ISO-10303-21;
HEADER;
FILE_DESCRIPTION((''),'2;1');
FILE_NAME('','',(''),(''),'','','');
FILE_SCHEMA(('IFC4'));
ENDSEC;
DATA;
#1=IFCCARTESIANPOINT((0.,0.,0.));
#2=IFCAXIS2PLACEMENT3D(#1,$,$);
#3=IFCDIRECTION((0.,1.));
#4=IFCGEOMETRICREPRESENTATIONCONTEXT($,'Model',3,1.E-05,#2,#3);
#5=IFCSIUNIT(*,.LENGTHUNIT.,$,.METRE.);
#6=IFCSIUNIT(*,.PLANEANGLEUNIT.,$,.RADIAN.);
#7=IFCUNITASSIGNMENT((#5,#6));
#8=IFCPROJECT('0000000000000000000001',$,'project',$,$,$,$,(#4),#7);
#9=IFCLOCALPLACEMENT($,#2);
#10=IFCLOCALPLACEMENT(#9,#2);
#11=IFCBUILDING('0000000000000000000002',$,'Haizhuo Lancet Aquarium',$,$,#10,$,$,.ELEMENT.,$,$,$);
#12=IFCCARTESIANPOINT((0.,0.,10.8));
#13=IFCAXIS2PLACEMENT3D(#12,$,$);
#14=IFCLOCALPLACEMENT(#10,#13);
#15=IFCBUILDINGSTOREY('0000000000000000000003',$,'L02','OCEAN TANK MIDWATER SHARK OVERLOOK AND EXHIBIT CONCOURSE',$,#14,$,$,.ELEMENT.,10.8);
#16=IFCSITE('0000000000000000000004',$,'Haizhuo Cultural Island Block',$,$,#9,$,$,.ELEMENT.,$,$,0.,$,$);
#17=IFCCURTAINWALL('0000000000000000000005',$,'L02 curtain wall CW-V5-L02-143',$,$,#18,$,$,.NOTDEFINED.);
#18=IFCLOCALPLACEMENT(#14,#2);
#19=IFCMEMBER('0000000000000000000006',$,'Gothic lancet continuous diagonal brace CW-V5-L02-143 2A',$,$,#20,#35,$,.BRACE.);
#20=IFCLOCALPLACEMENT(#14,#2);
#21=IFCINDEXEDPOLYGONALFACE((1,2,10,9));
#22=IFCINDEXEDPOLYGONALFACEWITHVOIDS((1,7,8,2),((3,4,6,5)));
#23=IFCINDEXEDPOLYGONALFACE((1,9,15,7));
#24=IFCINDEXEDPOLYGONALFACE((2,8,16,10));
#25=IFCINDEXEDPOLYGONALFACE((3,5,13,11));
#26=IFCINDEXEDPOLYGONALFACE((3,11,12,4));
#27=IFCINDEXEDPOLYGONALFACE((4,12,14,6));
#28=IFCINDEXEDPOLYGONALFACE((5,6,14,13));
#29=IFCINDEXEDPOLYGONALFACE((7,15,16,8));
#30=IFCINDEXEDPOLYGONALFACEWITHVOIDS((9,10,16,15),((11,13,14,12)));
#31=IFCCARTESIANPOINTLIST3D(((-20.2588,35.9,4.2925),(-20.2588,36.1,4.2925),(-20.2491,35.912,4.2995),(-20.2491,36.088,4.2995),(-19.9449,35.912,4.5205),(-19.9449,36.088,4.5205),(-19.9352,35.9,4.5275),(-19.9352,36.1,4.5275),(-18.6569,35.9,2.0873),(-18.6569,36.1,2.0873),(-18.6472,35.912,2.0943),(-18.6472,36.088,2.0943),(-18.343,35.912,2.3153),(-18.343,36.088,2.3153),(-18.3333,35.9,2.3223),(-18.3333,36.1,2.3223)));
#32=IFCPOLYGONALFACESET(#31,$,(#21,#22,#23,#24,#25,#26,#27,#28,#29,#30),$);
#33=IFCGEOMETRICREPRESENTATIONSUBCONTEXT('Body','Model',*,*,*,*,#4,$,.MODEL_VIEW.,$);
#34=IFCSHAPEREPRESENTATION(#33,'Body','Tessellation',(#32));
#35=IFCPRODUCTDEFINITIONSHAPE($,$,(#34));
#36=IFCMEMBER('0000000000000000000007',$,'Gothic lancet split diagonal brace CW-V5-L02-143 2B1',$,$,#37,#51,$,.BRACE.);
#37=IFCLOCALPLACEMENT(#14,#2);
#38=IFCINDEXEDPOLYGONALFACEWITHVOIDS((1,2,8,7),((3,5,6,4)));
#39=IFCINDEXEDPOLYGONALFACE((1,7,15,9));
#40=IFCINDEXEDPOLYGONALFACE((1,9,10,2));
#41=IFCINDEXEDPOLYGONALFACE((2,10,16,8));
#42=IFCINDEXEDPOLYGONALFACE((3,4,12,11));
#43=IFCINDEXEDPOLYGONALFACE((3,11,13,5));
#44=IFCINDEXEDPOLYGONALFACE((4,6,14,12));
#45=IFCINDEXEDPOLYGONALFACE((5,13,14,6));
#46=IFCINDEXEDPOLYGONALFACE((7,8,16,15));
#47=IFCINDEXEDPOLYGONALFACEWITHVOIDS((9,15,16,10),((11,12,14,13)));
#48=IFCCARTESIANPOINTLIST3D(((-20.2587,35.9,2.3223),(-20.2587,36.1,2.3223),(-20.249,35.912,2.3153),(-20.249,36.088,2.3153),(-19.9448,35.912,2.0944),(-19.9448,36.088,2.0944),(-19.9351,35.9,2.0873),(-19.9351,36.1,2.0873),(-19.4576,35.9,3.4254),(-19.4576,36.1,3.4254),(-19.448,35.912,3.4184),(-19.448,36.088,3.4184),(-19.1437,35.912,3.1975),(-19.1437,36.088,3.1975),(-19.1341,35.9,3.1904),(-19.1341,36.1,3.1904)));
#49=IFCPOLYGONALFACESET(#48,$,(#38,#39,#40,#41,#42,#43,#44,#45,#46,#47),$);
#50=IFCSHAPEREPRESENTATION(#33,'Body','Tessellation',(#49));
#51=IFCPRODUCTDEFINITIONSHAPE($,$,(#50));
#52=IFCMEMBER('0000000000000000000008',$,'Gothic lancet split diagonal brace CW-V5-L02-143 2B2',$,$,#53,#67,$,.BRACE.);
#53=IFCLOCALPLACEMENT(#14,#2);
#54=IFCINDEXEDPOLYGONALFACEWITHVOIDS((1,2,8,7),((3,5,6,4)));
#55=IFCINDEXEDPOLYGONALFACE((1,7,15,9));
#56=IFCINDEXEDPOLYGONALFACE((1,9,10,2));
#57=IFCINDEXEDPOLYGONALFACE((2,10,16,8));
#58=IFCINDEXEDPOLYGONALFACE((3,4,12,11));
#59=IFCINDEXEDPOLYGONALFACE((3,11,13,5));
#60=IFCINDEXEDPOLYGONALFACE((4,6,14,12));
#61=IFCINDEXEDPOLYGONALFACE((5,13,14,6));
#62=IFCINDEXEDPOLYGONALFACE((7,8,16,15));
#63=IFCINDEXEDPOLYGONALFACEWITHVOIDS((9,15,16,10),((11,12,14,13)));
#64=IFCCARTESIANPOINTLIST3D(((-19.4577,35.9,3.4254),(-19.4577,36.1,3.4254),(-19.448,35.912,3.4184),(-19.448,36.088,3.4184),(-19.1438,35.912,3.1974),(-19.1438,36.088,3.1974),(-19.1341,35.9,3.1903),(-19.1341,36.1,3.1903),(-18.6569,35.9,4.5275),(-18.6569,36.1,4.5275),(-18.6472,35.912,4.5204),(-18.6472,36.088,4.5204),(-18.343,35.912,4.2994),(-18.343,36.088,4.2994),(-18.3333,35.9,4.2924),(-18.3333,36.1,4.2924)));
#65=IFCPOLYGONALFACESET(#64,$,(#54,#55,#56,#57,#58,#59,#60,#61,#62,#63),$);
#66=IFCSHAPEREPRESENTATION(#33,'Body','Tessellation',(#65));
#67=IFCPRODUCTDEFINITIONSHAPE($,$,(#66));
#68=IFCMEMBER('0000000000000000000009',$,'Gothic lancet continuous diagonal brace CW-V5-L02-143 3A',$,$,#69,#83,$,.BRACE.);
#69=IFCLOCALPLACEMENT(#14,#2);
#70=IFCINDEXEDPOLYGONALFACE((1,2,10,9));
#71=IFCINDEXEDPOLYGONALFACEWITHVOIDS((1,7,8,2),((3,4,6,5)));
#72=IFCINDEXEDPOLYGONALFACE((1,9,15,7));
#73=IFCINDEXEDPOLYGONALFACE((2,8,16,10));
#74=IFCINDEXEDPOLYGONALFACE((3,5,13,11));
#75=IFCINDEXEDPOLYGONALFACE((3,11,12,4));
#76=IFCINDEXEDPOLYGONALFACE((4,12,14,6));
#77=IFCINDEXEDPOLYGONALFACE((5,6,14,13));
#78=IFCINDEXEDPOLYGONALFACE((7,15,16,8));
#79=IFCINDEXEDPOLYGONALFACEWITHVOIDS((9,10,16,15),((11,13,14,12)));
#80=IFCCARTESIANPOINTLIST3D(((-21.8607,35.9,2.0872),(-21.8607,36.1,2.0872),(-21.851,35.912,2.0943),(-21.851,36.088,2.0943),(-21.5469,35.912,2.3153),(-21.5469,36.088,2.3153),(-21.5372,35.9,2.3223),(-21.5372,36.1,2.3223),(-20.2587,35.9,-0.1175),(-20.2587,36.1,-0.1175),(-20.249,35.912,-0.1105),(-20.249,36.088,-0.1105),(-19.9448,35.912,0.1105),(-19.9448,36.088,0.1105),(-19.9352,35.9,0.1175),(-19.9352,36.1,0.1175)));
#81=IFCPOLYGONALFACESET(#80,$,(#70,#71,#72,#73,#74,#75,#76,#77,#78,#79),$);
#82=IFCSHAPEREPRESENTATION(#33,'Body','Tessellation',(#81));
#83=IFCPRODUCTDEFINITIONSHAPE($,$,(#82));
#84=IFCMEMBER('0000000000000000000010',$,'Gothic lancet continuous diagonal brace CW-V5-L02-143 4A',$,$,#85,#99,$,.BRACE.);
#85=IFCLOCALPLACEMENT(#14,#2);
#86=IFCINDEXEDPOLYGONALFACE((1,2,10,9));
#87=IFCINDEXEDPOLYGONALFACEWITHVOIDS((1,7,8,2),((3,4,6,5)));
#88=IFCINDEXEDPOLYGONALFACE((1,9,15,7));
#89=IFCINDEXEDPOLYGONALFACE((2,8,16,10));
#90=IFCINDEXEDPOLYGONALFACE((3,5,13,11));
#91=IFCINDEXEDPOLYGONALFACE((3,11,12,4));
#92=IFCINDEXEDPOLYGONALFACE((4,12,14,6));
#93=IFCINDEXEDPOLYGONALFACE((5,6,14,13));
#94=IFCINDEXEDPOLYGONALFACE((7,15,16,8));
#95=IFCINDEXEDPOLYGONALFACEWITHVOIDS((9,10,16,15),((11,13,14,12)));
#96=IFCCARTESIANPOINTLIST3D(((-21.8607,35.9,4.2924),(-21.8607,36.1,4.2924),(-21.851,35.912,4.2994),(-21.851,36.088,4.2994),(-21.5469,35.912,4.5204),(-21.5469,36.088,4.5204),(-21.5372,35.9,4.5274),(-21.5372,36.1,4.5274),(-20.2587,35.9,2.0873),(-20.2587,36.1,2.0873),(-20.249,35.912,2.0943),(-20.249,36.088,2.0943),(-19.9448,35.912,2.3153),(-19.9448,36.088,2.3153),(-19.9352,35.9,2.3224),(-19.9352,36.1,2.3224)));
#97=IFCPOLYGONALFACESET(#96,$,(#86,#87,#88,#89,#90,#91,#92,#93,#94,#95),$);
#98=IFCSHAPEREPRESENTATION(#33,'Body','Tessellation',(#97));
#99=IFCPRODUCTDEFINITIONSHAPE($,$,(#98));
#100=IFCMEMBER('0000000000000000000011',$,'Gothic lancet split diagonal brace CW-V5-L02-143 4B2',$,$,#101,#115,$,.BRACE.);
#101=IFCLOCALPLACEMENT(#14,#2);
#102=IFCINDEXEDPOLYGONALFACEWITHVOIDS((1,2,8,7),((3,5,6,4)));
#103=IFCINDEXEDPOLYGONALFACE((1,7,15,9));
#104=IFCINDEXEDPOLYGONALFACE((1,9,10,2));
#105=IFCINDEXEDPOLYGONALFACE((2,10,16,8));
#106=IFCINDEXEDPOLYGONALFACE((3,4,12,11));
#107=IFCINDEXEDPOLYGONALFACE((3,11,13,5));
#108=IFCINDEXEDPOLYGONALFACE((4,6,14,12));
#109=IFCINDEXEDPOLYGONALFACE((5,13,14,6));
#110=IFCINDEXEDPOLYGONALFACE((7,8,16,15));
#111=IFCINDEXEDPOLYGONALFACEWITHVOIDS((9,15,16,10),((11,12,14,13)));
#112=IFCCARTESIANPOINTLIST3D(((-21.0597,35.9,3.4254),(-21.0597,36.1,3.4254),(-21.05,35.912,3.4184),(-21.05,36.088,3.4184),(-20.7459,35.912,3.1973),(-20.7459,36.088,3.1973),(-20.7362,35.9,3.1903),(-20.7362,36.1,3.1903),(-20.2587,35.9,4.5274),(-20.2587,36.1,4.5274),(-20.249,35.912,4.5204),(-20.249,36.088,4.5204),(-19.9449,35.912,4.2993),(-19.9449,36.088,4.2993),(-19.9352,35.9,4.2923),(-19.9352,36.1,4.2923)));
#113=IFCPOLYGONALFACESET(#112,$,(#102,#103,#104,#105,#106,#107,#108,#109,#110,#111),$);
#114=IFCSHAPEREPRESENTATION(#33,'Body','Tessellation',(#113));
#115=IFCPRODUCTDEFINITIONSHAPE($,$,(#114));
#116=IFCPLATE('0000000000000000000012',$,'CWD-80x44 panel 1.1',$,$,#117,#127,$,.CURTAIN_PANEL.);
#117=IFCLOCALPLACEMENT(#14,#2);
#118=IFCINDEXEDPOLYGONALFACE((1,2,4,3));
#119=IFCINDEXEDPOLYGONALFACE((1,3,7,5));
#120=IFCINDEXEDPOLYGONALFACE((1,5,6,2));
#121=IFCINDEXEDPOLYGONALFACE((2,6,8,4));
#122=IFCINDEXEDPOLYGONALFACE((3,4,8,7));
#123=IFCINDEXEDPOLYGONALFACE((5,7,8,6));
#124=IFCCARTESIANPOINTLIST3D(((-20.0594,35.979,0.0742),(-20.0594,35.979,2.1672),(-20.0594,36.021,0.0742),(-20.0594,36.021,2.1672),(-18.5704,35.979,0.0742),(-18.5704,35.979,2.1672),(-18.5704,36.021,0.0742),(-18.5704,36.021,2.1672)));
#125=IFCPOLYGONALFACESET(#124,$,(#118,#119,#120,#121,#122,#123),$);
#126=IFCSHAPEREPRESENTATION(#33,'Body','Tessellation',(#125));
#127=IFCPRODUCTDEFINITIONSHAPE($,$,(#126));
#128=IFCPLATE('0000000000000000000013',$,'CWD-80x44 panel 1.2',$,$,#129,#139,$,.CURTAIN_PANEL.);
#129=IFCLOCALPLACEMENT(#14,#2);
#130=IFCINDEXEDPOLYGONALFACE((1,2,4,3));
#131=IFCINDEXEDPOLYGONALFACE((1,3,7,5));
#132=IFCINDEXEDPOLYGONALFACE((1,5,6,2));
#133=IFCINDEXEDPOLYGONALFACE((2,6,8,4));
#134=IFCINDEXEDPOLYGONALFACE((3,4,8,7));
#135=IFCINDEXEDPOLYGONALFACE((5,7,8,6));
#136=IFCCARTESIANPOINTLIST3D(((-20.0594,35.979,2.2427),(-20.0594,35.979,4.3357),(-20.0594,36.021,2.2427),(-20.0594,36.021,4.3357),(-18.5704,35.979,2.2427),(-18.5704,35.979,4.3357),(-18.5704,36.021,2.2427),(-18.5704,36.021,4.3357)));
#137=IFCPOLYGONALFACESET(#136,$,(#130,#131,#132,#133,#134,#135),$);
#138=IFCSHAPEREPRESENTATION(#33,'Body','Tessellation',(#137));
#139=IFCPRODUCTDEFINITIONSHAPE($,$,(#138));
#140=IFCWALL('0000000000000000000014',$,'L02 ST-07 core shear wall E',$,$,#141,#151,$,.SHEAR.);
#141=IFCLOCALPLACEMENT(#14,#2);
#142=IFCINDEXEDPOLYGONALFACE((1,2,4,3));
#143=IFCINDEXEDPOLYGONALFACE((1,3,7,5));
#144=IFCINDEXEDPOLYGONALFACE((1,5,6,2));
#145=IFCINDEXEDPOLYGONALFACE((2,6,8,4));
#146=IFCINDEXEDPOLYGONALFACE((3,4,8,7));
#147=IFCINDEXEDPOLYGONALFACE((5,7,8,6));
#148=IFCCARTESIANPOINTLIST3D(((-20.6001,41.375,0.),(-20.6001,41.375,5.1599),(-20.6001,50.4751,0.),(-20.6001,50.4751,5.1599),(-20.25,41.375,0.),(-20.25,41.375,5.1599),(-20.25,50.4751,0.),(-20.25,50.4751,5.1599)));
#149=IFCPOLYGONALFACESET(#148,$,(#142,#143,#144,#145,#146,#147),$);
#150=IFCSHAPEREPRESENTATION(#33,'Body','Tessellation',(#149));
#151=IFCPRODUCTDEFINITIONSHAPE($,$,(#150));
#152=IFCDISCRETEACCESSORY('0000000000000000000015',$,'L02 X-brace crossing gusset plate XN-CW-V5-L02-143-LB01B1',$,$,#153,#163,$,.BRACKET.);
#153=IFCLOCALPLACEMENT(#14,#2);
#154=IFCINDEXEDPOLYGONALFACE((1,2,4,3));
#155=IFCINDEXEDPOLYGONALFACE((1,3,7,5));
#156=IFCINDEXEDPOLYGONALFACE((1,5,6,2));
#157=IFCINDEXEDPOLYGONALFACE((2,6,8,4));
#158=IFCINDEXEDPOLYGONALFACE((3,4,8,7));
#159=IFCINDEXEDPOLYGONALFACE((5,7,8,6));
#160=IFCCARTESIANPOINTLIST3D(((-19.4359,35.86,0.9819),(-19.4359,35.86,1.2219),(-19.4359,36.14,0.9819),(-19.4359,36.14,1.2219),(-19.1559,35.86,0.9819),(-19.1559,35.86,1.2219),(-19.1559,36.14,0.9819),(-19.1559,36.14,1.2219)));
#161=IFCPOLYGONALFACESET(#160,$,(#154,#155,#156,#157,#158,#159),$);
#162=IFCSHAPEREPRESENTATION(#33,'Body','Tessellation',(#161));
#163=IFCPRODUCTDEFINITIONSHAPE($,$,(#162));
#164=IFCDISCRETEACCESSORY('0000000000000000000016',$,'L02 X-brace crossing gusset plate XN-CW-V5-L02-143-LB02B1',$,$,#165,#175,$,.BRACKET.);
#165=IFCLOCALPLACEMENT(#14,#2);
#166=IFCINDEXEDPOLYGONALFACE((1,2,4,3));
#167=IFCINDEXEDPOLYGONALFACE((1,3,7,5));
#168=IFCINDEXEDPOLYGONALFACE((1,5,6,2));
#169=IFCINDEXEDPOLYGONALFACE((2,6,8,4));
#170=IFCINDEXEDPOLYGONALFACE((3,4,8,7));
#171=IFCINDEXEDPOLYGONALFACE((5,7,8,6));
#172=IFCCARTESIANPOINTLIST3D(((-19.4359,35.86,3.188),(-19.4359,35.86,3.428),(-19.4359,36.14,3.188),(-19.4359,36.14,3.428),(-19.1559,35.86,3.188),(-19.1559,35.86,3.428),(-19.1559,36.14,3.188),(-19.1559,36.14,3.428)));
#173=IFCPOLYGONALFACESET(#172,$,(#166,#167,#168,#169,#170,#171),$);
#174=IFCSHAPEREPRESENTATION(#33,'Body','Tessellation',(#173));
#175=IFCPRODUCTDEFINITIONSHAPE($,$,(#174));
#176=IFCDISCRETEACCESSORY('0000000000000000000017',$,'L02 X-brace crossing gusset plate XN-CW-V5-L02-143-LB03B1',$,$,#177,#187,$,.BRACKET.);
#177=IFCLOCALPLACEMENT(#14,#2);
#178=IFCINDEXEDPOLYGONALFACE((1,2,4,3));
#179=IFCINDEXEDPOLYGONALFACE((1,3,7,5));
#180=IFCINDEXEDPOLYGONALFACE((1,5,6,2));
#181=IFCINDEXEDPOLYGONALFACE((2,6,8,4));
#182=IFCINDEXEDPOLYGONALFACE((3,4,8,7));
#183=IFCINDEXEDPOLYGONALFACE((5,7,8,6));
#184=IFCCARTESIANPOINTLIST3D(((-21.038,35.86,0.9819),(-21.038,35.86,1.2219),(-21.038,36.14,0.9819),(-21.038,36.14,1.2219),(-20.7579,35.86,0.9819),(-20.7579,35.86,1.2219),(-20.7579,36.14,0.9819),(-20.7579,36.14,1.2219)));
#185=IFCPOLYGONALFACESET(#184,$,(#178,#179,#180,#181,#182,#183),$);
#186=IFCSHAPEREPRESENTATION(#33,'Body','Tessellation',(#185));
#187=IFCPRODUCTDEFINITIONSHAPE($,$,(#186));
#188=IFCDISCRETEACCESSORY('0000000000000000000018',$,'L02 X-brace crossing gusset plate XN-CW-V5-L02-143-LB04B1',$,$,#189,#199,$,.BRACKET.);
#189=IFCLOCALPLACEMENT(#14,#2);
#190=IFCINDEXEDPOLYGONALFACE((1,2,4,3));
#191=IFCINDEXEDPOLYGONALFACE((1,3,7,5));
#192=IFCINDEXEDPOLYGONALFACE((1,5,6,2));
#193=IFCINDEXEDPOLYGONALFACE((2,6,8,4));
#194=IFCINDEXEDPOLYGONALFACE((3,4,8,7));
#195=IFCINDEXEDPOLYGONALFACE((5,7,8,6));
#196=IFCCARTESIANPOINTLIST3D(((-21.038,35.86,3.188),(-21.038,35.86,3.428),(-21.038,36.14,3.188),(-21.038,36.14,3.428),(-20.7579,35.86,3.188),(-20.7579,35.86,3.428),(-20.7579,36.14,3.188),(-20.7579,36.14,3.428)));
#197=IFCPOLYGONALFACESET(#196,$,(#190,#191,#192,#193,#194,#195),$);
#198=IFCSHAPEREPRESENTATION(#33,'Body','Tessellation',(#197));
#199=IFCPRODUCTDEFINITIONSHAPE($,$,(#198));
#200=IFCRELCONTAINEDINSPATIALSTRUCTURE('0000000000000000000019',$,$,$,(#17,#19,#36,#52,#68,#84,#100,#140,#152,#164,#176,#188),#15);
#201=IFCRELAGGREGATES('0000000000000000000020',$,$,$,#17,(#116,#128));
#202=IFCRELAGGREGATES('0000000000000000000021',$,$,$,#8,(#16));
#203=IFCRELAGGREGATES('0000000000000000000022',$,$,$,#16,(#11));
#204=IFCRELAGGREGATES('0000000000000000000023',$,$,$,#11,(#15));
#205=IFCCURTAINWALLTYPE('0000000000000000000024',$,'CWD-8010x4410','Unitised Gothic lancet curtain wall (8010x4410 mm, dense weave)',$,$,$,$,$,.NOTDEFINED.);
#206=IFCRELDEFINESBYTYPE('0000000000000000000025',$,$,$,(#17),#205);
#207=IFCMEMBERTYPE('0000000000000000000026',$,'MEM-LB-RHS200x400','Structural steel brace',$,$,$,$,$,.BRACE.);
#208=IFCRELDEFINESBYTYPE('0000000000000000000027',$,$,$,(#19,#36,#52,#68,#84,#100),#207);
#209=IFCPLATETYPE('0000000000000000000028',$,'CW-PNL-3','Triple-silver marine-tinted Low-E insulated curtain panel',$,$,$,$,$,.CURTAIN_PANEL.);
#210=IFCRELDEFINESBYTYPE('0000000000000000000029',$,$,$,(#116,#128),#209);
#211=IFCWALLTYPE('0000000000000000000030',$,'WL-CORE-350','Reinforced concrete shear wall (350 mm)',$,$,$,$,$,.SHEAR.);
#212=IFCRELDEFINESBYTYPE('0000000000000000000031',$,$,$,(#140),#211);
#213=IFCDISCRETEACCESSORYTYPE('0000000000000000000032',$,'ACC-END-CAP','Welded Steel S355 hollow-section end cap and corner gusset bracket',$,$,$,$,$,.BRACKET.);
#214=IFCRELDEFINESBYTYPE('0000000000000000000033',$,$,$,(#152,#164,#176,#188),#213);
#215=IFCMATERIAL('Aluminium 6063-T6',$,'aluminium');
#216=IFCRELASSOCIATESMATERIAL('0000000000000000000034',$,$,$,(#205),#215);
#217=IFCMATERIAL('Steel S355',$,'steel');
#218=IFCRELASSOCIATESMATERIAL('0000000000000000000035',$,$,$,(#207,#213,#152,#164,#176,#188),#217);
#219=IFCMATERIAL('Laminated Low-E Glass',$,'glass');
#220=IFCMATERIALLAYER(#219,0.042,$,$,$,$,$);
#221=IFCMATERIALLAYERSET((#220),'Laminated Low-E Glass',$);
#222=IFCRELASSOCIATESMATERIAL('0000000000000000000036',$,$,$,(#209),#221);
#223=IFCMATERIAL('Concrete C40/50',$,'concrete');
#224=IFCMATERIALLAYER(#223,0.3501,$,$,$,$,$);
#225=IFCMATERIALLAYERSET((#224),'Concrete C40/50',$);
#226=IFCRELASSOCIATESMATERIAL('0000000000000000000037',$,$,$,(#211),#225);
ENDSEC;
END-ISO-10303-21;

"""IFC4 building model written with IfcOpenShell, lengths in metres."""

from ifc_helpers import new_model, si_unit, direction, frame, frame_2d, origin, origin_2d, place, context, subcontext, project, spatial, rectangle, hollow_rectangle, extrude, material, layer, layer_set, material_profile, profile_set, type_object, element, aggregate, save


model = new_model("IFC4")

# Units and contexts
model_context = context("Model", 3, precision=1e-05, world=origin(), true_north=direction((0.0, 1.0)))
body_context = subcontext(model_context, "Body", "Model", "MODEL_VIEW")
ifc_project = project(units=[si_unit("LENGTHUNIT", "METRE"), si_unit("PLANEANGLEUNIT", "RADIAN")], contexts=[model_context])

# Site, building, storey
site_placement = place(None, origin())
site = spatial("IfcSite", under=ifc_project, at=site_placement, Name="Haizhuo Cultural Island Block", CompositionType="ELEMENT", RefElevation=0.0)
building_placement = place(site_placement, origin())
building = spatial("IfcBuilding", under=site, at=building_placement, Name="Haizhuo Lancet Aquarium", CompositionType="ELEMENT")
storey_placement = place(building_placement, frame((0.0, 0.0, 10.8)))
storey = spatial("IfcBuildingStorey", under=building, at=storey_placement, Name="L02", Description="OCEAN TANK MIDWATER SHARK OVERLOOK AND EXHIBIT CONCOURSE", CompositionType="ELEMENT", Elevation=10.8)

# Curtain wall
ifc_material_1 = material(Name="Aluminium 6063-T6", Category="aluminium")
curtain_wall_type = type_object("IfcCurtainWallType", Name="CWD-8010x4410", Description="Unitised Gothic lancet curtain wall (8010x4410 mm, dense weave)", PredefinedType="NOTDEFINED", material=ifc_material_1)
curtain_wall_placement = place(storey_placement, origin())
curtain_wall = element("IfcCurtainWall", 1, at=curtain_wall_placement, inside=storey, type_object=curtain_wall_type, Name="L02 curtain wall CW-V5-L02-143", PredefinedType="NOTDEFINED")

# Members
ifc_material_2 = material(Name="Steel S355", Category="steel")
ifc_material_profile_1 = material_profile(ifc_material_2, hollow_rectangle(XDim=0.2, YDim=0.3999, WallThickness=0.012, at=origin_2d()), Name="RHS 200x400x12")
ifc_profile_set_1 = profile_set([ifc_material_profile_1], Name="Steel S355")
member_type_1 = type_object("IfcMemberType", Name="MEM-LB-RHS200x400", Description="Structural steel brace", PredefinedType="BRACE", material=ifc_profile_set_1)
member_1_placement = place(storey_placement, frame((-18.4951, 36.0, 2.2048), z_axis=(-0.587719, 0.0, 0.809065), x_axis=(0.0, -1.0, 0.0)))
element("IfcMember", 2, at=member_1_placement, inside=storey, type_object=member_type_1, Name="Gothic lancet continuous diagonal brace CW-V5-L02-143 2A", PredefinedType="BRACE", context=body_context, shape_type="SweptSolid", body=[
    extrude(hollow_rectangle(XDim=0.2, YDim=0.3999, WallThickness=0.012, at=origin_2d()), origin(), (0.0, 0.0, 1.0), 2.7256),
])
member_2_placement = place(storey_placement, frame((-20.0969, 36.0, 2.2048), z_axis=(0.587607, 0.0, 0.809146), x_axis=(0.0, 1.0, 0.0)))
element("IfcMember", 3, at=member_2_placement, inside=storey, type_object=member_type_1, Name="Gothic lancet split diagonal brace CW-V5-L02-143 2B1", PredefinedType="BRACE", context=body_context, shape_type="SweptSolid", body=[
    extrude(hollow_rectangle(XDim=0.2, YDim=0.3999, WallThickness=0.012, at=origin_2d()), origin(), (0.0, 0.0, 1.0), 1.3633),
])
member_3_placement = place(storey_placement, frame((-19.2959, 36.0, 3.3079), z_axis=(0.587831, 0.0, 0.808984), x_axis=(0.0, 1.0, 0.0)))
element("IfcMember", 4, at=member_3_placement, inside=storey, type_object=member_type_1, Name="Gothic lancet split diagonal brace CW-V5-L02-143 2B2", PredefinedType="BRACE", context=body_context, shape_type="SweptSolid", body=[
    extrude(hollow_rectangle(XDim=0.2, YDim=0.3999, WallThickness=0.012, at=origin_2d()), origin(), (0.0, 0.0, 1.0), 1.3623),
])
member_4_placement = place(storey_placement, frame((-20.0969, 36.0, 0.0), z_axis=(-0.58782, 0.0, 0.808992), x_axis=(0.0, -1.0, 0.0)))
element("IfcMember", 5, at=member_4_placement, inside=storey, type_object=member_type_1, Name="Gothic lancet continuous diagonal brace CW-V5-L02-143 3A", PredefinedType="BRACE", context=body_context, shape_type="SweptSolid", body=[
    extrude(hollow_rectangle(XDim=0.2, YDim=0.3999, WallThickness=0.012, at=origin_2d()), origin(), (0.0, 0.0, 1.0), 2.7253),
])
member_5_placement = place(storey_placement, frame((-20.0969, 36.0, 2.2048), z_axis=(-0.587778, 0.0, 0.809023), x_axis=(0.0, -1.0, 0.0)))
element("IfcMember", 6, at=member_5_placement, inside=storey, type_object=member_type_1, Name="Gothic lancet continuous diagonal brace CW-V5-L02-143 4A", PredefinedType="BRACE", context=body_context, shape_type="SweptSolid", body=[
    extrude(hollow_rectangle(XDim=0.2, YDim=0.3999, WallThickness=0.012, at=origin_2d()), origin(), (0.0, 0.0, 1.0), 2.7256),
])
member_6_placement = place(storey_placement, frame((-20.8979, 36.0, 3.3079), z_axis=(0.587948, 0.0, 0.808899), x_axis=(0.0, 1.0, 0.0)))
element("IfcMember", 7, at=member_6_placement, inside=storey, type_object=member_type_1, Name="Gothic lancet split diagonal brace CW-V5-L02-143 4B2", PredefinedType="BRACE", context=body_context, shape_type="SweptSolid", body=[
    extrude(hollow_rectangle(XDim=0.2, YDim=0.3999, WallThickness=0.012, at=origin_2d()), origin(), (0.0, 0.0, 1.0), 1.3623),
])

# Plates
ifc_material_3 = material(Name="Laminated Low-E Glass", Category="glass")
ifc_layer_1 = layer(ifc_material_3, 0.042)
ifc_layer_set_1 = layer_set([ifc_layer_1], Name="Laminated Low-E Glass")
plate_type = type_object("IfcPlateType", Name="CW-PNL-3", Description="Triple-silver marine-tinted Low-E insulated curtain panel", PredefinedType="CURTAIN_PANEL", material=ifc_layer_set_1)
plate_1_placement = place(storey_placement, frame((-19.3149, 36.0, 0.0742), z_axis=(0.0, 0.0, 1.0), x_axis=(-1.0, 0.0, 0.0)))
plate_1 = element("IfcPlate", 8, at=plate_1_placement, type_object=plate_type, Name="CWD-80x44 panel 1.1", PredefinedType="CURTAIN_PANEL", context=body_context, shape_type="SweptSolid", body=[
    extrude(rectangle(XDim=1.489, YDim=0.042, at=origin_2d()), origin(), (0.0, 0.0, 1.0), 2.093),
])
plate_2_placement = place(storey_placement, frame((-19.3149, 36.0, 2.2427), z_axis=(0.0, 0.0, 1.0), x_axis=(-1.0, 0.0, 0.0)))
plate_2 = element("IfcPlate", 9, at=plate_2_placement, type_object=plate_type, Name="CWD-80x44 panel 1.2", PredefinedType="CURTAIN_PANEL", context=body_context, shape_type="SweptSolid", body=[
    extrude(rectangle(XDim=1.489, YDim=0.042, at=origin_2d()), origin(), (0.0, 0.0, 1.0), 2.093),
])
aggregate(curtain_wall, [plate_1, plate_2])

# Wall
ifc_material_4 = material(Name="Concrete C40/50", Category="concrete")
ifc_layer_2 = layer(ifc_material_4, 0.3501)
ifc_layer_set_2 = layer_set([ifc_layer_2], Name="Concrete C40/50")
wall_type = type_object("IfcWallType", Name="WL-CORE-350", Description="Reinforced concrete shear wall (350 mm)", PredefinedType="SHEAR", material=ifc_layer_set_2)
wall_placement = place(storey_placement, frame((-20.425, 41.375, 0.0), z_axis=(0.0, 0.0, 1.0), x_axis=(0.0, 1.0, 0.0)))
element("IfcWall", 10, at=wall_placement, inside=storey, type_object=wall_type, Name="L02 ST-07 core shear wall E", PredefinedType="SHEAR", context=body_context, shape_type="SweptSolid", body=[
    extrude(rectangle(XDim=9.1001, YDim=0.3501, at=frame_2d((4.55, 0.0))), origin(), (0.0, 0.0, 1.0), 5.1599),
])

# Discrete accessories
discrete_accessory_type = type_object("IfcDiscreteAccessoryType", Name="ACC-END-CAP", Description="Welded Steel S355 hollow-section end cap and corner gusset bracket", PredefinedType="BRACKET", material=ifc_material_2)
for number, where, z_axis, x_axis, name in (
    (11, (-19.2959, 36.0, 0.9819), (0.0, 0.0, 1.0), (1.0, 0.0, 0.0), "L02 X-brace crossing gusset plate XN-CW-V5-L02-143-LB01B1"),
    (12, (-19.2959, 36.0, 3.188), (0.0, 0.0, 1.0), (1.0, 0.0, 0.0), "L02 X-brace crossing gusset plate XN-CW-V5-L02-143-LB02B1"),
    (13, (-20.8979, 36.0, 0.9819), (0.0, 0.0, 1.0), (1.0, 0.0, 0.0), "L02 X-brace crossing gusset plate XN-CW-V5-L02-143-LB03B1"),
    (14, (-20.8979, 36.0, 3.188), (0.0, 0.0, 1.0), (1.0, 0.0, 0.0), "L02 X-brace crossing gusset plate XN-CW-V5-L02-143-LB04B1"),
):
    element("IfcDiscreteAccessory", number, at=place(storey_placement, frame(where, z_axis=z_axis, x_axis=x_axis)), inside=storey, type_object=discrete_accessory_type, material=ifc_material_2, Name=name, PredefinedType="BRACKET", context=body_context, shape_type="SweptSolid", body=[
        extrude(rectangle(XDim=0.28, YDim=0.28, at=origin_2d()), origin(), (0.0, 0.0, 1.0), 0.24),
    ])

save(model, "model.ifc")
